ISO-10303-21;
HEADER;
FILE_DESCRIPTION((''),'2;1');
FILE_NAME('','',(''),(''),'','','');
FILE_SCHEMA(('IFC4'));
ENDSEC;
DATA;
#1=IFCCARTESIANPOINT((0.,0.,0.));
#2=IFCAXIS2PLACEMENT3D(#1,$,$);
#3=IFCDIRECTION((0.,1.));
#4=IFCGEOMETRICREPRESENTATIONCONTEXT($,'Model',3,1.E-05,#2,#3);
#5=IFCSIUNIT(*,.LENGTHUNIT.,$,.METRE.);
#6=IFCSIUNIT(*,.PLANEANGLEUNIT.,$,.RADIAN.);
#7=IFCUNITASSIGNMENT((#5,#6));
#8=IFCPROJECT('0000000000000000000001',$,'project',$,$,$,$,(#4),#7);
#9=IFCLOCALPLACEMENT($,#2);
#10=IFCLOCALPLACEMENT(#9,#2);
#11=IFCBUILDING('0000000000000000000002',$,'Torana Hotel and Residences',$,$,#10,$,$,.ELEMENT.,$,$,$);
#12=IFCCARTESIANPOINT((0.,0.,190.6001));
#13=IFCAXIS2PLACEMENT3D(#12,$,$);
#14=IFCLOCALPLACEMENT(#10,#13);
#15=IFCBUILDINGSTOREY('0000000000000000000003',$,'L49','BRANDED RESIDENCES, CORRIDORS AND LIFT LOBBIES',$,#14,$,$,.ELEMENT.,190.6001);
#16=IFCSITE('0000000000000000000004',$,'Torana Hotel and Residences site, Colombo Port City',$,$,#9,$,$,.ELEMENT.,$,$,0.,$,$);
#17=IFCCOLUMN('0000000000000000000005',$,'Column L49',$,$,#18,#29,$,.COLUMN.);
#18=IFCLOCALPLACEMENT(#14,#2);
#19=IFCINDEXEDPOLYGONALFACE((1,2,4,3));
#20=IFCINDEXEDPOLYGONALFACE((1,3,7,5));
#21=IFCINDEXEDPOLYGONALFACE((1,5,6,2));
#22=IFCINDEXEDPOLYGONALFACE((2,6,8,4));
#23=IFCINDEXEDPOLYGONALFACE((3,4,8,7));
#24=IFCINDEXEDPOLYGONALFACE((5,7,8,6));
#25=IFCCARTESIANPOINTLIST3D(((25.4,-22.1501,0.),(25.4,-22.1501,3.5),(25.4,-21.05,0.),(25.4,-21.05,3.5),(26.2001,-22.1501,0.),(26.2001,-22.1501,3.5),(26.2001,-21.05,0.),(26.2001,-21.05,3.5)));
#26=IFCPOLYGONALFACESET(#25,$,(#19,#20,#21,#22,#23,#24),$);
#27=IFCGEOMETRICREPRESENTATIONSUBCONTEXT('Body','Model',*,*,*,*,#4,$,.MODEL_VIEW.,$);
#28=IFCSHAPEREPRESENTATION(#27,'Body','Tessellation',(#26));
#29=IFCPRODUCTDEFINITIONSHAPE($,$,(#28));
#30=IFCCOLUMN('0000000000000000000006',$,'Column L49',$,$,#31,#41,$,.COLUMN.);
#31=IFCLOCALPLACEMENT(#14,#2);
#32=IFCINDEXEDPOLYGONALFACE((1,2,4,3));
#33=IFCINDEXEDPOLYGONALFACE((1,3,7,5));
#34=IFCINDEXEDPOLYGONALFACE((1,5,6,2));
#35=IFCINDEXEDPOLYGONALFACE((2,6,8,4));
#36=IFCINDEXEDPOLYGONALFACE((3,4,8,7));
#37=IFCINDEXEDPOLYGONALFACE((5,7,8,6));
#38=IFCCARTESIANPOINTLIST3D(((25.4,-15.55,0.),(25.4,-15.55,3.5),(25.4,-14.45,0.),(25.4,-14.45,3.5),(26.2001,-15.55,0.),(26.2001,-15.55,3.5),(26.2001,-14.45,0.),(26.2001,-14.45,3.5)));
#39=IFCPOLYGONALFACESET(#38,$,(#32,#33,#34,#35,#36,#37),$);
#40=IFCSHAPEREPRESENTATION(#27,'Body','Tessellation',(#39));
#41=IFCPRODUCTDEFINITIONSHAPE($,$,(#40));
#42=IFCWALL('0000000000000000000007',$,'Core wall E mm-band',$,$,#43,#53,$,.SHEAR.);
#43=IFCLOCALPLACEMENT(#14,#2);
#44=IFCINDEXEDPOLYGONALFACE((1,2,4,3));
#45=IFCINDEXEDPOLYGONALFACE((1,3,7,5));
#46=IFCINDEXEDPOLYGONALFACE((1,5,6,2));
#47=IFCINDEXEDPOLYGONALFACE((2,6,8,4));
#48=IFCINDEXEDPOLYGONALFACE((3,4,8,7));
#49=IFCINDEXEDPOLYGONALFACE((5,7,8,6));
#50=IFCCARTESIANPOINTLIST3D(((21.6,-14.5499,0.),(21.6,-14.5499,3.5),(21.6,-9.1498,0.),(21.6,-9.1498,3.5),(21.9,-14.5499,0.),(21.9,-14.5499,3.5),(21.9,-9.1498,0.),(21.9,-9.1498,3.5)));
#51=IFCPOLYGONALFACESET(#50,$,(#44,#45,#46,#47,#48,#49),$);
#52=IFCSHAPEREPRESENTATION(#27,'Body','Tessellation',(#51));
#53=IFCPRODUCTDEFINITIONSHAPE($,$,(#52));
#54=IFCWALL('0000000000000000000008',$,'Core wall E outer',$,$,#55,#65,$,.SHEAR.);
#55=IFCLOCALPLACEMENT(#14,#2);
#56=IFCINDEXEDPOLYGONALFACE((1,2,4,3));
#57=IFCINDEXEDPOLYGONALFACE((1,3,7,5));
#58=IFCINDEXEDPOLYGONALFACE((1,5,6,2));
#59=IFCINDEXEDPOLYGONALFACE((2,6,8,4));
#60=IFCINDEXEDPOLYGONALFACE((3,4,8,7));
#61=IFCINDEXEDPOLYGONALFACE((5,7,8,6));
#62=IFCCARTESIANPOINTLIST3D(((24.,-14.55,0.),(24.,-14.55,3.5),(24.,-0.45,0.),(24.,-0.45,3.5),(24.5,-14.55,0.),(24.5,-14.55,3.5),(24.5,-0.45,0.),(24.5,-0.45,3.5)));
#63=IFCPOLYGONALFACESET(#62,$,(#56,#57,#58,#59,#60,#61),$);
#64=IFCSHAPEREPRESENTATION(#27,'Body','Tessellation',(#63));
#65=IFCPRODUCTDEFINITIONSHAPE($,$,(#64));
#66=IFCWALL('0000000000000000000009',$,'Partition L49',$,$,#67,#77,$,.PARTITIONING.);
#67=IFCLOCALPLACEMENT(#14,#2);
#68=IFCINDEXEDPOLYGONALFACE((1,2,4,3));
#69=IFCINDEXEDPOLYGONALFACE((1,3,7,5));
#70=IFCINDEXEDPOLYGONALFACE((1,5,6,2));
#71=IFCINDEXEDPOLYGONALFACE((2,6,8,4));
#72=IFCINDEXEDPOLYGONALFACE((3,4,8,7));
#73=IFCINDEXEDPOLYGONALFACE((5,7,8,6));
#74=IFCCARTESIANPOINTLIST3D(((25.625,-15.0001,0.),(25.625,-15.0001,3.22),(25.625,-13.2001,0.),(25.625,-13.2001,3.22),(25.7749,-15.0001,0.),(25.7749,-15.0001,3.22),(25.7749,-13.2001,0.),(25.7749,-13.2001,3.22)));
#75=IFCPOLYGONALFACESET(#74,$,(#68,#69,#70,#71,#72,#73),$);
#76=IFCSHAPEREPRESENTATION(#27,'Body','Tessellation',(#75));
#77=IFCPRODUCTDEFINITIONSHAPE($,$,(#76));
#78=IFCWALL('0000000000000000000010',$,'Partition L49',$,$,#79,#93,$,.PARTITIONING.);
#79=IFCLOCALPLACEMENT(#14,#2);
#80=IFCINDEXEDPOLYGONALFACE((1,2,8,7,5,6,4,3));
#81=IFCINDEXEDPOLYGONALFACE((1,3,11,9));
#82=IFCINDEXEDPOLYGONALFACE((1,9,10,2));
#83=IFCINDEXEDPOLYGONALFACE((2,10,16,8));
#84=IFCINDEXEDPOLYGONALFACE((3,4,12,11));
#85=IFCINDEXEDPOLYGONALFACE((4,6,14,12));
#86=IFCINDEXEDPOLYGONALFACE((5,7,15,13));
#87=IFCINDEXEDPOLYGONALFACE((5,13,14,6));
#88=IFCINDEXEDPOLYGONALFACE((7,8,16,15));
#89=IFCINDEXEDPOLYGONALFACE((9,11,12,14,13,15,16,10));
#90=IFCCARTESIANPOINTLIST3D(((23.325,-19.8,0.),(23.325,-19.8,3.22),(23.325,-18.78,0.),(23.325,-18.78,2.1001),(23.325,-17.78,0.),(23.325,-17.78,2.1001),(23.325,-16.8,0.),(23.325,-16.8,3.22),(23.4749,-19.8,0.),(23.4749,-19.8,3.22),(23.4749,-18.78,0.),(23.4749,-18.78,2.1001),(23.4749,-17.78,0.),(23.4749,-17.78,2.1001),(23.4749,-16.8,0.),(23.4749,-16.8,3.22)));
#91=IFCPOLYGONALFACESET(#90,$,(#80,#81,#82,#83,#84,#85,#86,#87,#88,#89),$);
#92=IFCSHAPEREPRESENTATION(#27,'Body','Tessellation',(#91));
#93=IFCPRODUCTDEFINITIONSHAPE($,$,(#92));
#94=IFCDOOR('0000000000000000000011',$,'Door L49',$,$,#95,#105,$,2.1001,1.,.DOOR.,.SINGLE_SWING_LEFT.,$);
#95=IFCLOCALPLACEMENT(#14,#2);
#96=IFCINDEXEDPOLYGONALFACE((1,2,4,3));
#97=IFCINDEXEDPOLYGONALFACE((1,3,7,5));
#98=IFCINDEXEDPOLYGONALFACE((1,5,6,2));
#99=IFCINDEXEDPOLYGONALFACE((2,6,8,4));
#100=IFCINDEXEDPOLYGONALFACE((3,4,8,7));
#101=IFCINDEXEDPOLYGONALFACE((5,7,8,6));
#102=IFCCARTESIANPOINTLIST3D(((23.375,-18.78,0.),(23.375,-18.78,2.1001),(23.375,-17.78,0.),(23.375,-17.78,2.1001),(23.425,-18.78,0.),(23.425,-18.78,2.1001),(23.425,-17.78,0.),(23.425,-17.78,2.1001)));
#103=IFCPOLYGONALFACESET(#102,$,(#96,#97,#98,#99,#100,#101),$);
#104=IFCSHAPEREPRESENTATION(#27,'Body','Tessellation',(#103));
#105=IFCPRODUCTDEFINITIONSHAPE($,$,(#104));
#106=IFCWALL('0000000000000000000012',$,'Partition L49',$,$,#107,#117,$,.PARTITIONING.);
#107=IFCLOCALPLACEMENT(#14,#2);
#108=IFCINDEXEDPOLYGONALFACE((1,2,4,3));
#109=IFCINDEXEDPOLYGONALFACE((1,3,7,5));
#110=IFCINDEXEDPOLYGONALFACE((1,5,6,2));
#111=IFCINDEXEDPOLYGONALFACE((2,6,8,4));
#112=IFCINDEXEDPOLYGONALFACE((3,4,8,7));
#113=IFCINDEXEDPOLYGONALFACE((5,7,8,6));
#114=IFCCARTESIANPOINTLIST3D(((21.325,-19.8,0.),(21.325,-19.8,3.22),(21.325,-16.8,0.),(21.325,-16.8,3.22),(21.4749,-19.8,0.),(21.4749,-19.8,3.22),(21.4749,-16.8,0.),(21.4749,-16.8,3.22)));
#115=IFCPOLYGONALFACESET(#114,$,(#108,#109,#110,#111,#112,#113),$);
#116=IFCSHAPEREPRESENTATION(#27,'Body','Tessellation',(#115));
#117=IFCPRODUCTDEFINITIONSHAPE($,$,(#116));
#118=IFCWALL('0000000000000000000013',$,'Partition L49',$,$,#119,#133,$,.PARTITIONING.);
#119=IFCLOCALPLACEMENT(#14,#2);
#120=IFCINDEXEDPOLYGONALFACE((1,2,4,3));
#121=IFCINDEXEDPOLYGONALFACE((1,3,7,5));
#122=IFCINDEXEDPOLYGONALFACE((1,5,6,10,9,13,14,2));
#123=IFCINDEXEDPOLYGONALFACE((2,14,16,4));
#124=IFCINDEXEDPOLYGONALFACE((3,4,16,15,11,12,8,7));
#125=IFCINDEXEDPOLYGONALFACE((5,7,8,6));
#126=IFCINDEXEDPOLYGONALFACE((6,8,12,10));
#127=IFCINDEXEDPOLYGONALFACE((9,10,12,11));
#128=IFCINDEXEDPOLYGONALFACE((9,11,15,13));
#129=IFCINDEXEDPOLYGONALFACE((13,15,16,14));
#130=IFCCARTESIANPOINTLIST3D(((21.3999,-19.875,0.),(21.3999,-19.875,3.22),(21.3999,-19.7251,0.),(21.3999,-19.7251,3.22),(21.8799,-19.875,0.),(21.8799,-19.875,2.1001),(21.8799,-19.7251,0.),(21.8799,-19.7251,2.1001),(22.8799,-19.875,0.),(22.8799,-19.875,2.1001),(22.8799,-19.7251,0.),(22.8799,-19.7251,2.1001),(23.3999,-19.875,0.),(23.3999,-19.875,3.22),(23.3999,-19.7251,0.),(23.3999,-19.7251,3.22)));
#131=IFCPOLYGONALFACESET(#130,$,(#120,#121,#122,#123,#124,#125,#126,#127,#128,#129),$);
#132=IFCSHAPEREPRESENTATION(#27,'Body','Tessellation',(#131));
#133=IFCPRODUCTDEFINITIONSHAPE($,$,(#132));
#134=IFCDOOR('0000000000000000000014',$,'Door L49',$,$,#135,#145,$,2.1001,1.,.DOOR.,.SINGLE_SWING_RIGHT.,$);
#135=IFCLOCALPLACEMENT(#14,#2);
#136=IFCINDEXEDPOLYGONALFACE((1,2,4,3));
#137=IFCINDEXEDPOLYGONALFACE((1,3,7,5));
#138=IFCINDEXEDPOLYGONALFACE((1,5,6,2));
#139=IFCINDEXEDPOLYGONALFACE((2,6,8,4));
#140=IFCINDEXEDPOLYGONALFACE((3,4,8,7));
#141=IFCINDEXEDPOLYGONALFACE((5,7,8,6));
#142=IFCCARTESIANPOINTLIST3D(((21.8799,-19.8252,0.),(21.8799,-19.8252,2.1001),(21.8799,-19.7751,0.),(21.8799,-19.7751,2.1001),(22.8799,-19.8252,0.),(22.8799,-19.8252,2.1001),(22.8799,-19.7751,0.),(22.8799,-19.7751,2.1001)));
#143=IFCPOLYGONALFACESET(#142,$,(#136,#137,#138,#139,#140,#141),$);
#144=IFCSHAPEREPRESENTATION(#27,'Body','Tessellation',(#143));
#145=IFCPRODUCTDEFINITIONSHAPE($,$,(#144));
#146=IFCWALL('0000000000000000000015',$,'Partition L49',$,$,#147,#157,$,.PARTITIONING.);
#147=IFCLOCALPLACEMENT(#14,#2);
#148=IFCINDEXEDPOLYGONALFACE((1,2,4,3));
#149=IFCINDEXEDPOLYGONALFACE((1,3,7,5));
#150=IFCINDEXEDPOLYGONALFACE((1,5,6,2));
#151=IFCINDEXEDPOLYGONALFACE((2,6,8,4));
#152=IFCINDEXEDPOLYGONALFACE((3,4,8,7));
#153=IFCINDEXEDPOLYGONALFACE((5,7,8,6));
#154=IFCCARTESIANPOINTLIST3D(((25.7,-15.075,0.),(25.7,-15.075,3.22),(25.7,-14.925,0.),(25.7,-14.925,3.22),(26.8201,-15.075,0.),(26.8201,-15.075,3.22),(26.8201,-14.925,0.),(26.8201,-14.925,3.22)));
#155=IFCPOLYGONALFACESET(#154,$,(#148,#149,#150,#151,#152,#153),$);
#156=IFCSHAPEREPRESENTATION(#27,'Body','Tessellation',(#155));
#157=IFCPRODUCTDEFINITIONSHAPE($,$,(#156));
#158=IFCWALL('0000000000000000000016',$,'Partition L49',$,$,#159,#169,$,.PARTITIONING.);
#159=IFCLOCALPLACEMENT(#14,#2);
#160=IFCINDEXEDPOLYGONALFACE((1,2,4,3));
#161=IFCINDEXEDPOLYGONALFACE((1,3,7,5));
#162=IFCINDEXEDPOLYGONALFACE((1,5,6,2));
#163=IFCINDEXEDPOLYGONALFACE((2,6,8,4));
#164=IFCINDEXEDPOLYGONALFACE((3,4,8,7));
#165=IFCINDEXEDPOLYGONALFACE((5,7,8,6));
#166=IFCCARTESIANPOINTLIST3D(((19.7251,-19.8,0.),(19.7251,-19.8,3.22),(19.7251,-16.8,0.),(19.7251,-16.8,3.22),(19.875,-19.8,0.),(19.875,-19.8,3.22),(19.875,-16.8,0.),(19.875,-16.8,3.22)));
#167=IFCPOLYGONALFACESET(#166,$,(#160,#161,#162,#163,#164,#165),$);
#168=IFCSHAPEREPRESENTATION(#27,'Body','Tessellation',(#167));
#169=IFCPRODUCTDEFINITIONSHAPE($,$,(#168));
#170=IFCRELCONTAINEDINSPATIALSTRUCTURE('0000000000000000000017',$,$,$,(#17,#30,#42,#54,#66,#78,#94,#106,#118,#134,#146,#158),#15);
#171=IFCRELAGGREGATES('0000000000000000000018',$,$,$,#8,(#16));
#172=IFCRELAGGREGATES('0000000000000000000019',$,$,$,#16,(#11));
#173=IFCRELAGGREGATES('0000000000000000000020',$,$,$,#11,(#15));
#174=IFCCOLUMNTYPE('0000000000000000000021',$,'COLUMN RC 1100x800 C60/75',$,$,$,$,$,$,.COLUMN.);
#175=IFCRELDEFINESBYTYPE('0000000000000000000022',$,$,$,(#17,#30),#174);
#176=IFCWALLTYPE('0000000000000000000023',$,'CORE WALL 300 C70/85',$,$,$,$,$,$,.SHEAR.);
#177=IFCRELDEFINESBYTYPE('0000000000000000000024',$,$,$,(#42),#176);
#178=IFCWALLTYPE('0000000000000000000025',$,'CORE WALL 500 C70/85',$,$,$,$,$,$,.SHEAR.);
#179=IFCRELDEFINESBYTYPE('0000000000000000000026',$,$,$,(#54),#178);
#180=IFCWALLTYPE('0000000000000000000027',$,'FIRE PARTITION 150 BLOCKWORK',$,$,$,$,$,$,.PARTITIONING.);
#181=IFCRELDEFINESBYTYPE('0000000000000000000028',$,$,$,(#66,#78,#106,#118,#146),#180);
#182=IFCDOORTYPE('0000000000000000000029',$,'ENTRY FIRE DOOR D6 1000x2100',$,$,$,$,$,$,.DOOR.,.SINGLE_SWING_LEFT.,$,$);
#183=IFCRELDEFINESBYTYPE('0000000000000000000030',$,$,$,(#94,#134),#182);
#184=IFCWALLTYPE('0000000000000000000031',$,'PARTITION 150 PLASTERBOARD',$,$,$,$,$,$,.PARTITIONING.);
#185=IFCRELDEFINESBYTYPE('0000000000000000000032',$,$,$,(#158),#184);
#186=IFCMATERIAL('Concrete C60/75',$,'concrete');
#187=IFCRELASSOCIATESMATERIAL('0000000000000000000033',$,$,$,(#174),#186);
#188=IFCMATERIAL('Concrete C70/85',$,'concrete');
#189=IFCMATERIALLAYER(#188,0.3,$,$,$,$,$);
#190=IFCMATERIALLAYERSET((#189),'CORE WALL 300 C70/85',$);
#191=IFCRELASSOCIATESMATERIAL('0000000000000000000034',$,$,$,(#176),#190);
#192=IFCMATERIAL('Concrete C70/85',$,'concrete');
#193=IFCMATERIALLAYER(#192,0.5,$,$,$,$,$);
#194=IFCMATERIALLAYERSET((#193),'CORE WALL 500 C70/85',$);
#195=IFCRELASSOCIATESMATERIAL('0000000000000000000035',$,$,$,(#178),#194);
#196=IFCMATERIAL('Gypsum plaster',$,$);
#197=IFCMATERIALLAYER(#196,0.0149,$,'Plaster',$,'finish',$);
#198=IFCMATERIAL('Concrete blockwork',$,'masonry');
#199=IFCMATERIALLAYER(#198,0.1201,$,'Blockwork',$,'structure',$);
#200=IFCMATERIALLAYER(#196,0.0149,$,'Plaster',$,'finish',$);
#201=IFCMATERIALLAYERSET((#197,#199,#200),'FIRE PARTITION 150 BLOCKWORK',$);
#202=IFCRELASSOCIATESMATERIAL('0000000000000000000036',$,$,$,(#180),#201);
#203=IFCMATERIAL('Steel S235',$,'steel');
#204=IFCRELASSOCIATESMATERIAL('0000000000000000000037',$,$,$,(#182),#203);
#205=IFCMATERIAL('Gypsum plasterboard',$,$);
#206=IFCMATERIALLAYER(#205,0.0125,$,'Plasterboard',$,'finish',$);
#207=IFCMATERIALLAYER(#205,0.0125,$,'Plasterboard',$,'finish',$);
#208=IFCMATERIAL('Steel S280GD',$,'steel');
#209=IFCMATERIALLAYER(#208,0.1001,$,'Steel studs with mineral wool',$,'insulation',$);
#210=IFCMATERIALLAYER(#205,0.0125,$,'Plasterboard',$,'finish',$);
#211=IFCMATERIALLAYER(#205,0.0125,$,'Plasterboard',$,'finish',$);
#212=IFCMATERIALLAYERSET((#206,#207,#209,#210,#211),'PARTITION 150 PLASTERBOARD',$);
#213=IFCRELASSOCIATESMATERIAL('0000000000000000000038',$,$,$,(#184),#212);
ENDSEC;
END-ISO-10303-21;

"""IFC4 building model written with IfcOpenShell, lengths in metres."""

from ifc_helpers import new_model, si_unit, direction, frame, frame_2d, origin, origin_2d, place, context, subcontext, project, spatial, rectangle, extrude, material, layer, layer_set, material_profile, profile_set, type_object, element, fill, save


model = new_model("IFC4")

# Units and contexts
model_context = context("Model", 3, precision=1e-05, world=origin(), true_north=direction((0.0, 1.0)))
body_context = subcontext(model_context, "Body", "Model", "MODEL_VIEW")
ifc_project = project(units=[si_unit("LENGTHUNIT", "METRE"), si_unit("PLANEANGLEUNIT", "RADIAN")], contexts=[model_context])

# Site, building, storey
site_placement = place(None, origin())
site = spatial("IfcSite", under=ifc_project, at=site_placement, Name="Torana Hotel and Residences site, Colombo Port City", CompositionType="ELEMENT", RefElevation=0.0)
building_placement = place(site_placement, origin())
building = spatial("IfcBuilding", under=site, at=building_placement, Name="Torana Hotel and Residences", CompositionType="ELEMENT")
storey_placement = place(building_placement, frame((0.0, 0.0, 190.6001)))
storey = spatial("IfcBuildingStorey", under=building, at=storey_placement, Name="L49", Description="BRANDED RESIDENCES, CORRIDORS AND LIFT LOBBIES", CompositionType="ELEMENT", Elevation=190.6001)

# Columns
ifc_material_1 = material(Name="Concrete C60/75", Category="concrete")
ifc_material_profile = material_profile(ifc_material_1, rectangle(XDim=1.1001, YDim=0.8, at=origin_2d()), Name="RC 1100x800")
ifc_profile_set = profile_set([ifc_material_profile], Name="Concrete C60/75")
column_type = type_object("IfcColumnType", Name="COLUMN RC 1100x800 C60/75", PredefinedType="COLUMN", material=ifc_profile_set)
for number, where, z_axis, x_axis, name in (
    (1, (25.8, -21.6001, 0.0), (0.0, 0.0, 1.0), (0.0, 1.0, 0.0), "Column L49"),
    (2, (25.8, -15.0, 0.0), (0.0, 0.0, 1.0), (0.0, 1.0, 0.0), "Column L49"),
):
    element("IfcColumn", number, at=place(storey_placement, frame(where, z_axis=z_axis, x_axis=x_axis)), inside=storey, type_object=column_type, Name=name, PredefinedType="COLUMN", context=body_context, shape_type="SweptSolid", body=[
        extrude(rectangle(XDim=1.1001, YDim=0.8, at=origin_2d()), origin(), (0.0, 0.0, 1.0), 3.5),
    ])

# Walls
ifc_material_2 = material(Name="Concrete C70/85", Category="concrete")
ifc_layer_1 = layer(ifc_material_2, 0.3)
ifc_layer_set_1 = layer_set([ifc_layer_1], Name="CORE WALL 300 C70/85")
wall_type_1 = type_object("IfcWallType", Name="CORE WALL 300 C70/85", PredefinedType="SHEAR", material=ifc_layer_set_1)
wall_1_placement = place(storey_placement, frame((21.75, -14.55, 0.0), z_axis=(0.0, 0.0, 1.0), x_axis=(0.0, 1.0, 0.0)))
element("IfcWall", 3, at=wall_1_placement, inside=storey, type_object=wall_type_1, Name="Core wall E mm-band", PredefinedType="SHEAR", context=body_context, shape_type="SweptSolid", body=[
    extrude(rectangle(XDim=5.4001, YDim=0.3, at=frame_2d((2.7002, 0.0))), origin(), (0.0, 0.0, 1.0), 3.5),
])
ifc_material_3 = material(Name="Concrete C70/85", Category="concrete")
ifc_layer_2 = layer(ifc_material_3, 0.5)
ifc_layer_set_2 = layer_set([ifc_layer_2], Name="CORE WALL 500 C70/85")
wall_type_2 = type_object("IfcWallType", Name="CORE WALL 500 C70/85", PredefinedType="SHEAR", material=ifc_layer_set_2)
wall_2_placement = place(storey_placement, frame((24.25, -14.55, 0.0), z_axis=(0.0, 0.0, 1.0), x_axis=(0.0, 1.0, 0.0)))
element("IfcWall", 4, at=wall_2_placement, inside=storey, type_object=wall_type_2, Name="Core wall E outer", PredefinedType="SHEAR", context=body_context, shape_type="SweptSolid", body=[
    extrude(rectangle(XDim=14.1001, YDim=0.5, at=frame_2d((7.05, 0.0))), origin(), (0.0, 0.0, 1.0), 3.5),
])
ifc_material_4 = material(Name="Gypsum plaster")
ifc_layer_3 = layer(ifc_material_4, 0.0149, Name="Plaster", Category="finish")
ifc_material_5 = material(Name="Concrete blockwork", Category="masonry")
ifc_layer_4 = layer(ifc_material_5, 0.1201, Name="Blockwork", Category="structure")
ifc_layer_5 = layer(ifc_material_4, 0.0149, Name="Plaster", Category="finish")
ifc_layer_set_3 = layer_set([ifc_layer_3, ifc_layer_4, ifc_layer_5], Name="FIRE PARTITION 150 BLOCKWORK")
wall_type_3 = type_object("IfcWallType", Name="FIRE PARTITION 150 BLOCKWORK", PredefinedType="PARTITIONING", material=ifc_layer_set_3)
wall_3_placement = place(storey_placement, frame((25.7, -15.0, 0.0), z_axis=(0.0, 0.0, 1.0), x_axis=(0.0, 1.0, 0.0)))
element("IfcWall", 5, at=wall_3_placement, inside=storey, type_object=wall_type_3, Name="Partition L49", PredefinedType="PARTITIONING", context=body_context, shape_type="SweptSolid", body=[
    extrude(rectangle(XDim=1.8, YDim=0.1499, at=frame_2d((0.8999, 0.0))), origin(), (0.0, 0.0, 1.0), 3.22),
])

# Wall, opening, door
wall_4_placement = place(storey_placement, frame((23.3999, -19.8, 0.0), z_axis=(0.0, 0.0, 1.0), x_axis=(0.0, 1.0, 0.0)))
wall_4 = element("IfcWall", 6, at=wall_4_placement, inside=storey, type_object=wall_type_3, Name="Partition L49", PredefinedType="PARTITIONING", context=body_context, shape_type="SweptSolid", body=[
    extrude(rectangle(XDim=3.0, YDim=0.1499, at=frame_2d((1.5, 0.0))), origin(), (0.0, 0.0, 1.0), 3.22),
])
opening_1_placement = place(wall_4_placement, frame((1.02, 0.0, 0.0)))
opening_1 = element("IfcOpeningElement", 7, at=opening_1_placement, cuts=wall_4, PredefinedType="OPENING", context=body_context, shape_type="SweptSolid", body=[
    extrude(rectangle(XDim=1.0, YDim=2.1001, at=frame_2d((0.5, 1.05))), frame((0.0, 0.085, 0.0), z_axis=(0.0, -1.0, 0.0), x_axis=(1.0, 0.0, 0.0)), (0.0, 0.0, 1.0), 0.1699),
])
ifc_material_6 = material(Name="Steel S235", Category="steel")
door_type = type_object("IfcDoorType", Name="ENTRY FIRE DOOR D6 1000x2100", OperationType="SINGLE_SWING_LEFT", PredefinedType="DOOR", material=ifc_material_6)
door_1_placement = place(opening_1_placement, frame((0.5, 0.0, 0.0), z_axis=(0.0, 0.0, 1.0), x_axis=(-1.0, 0.0, 0.0)))
door_1 = element("IfcDoor", 8, at=door_1_placement, inside=storey, type_object=door_type, Name="Door L49", OperationType="SINGLE_SWING_LEFT", OverallHeight=2.1001, OverallWidth=1.0, PredefinedType="DOOR", context=body_context, shape_type="SweptSolid", body=[
    extrude(rectangle(XDim=1.0, YDim=2.1001, at=frame_2d((0.0, 1.05))), frame((0.0, -0.0249, 0.0), z_axis=(0.0, 1.0, 0.0), x_axis=(-1.0, 0.0, 0.0)), (0.0, 0.0, 1.0), 0.05),
])
fill(opening_1, door_1)

# Wall
wall_5_placement = place(storey_placement, frame((21.3999, -19.8, 0.0), z_axis=(0.0, 0.0, 1.0), x_axis=(0.0, 1.0, 0.0)))
element("IfcWall", 9, at=wall_5_placement, inside=storey, type_object=wall_type_3, Name="Partition L49", PredefinedType="PARTITIONING", context=body_context, shape_type="SweptSolid", body=[
    extrude(rectangle(XDim=3.0, YDim=0.1499, at=frame_2d((1.5, 0.0))), origin(), (0.0, 0.0, 1.0), 3.22),
])

# Wall, opening, door
wall_6_placement = place(storey_placement, frame((21.3999, -19.8, 0.0), z_axis=(0.0, 0.0, 1.0), x_axis=(1.0, 0.0, 0.0)))
wall_6 = element("IfcWall", 10, at=wall_6_placement, inside=storey, type_object=wall_type_3, Name="Partition L49", PredefinedType="PARTITIONING", context=body_context, shape_type="SweptSolid", body=[
    extrude(rectangle(XDim=2.0, YDim=0.1499, at=frame_2d((1.0, 0.0))), origin(), (0.0, 0.0, 1.0), 3.22),
])
opening_2_placement = place(wall_6_placement, frame((0.48, 0.0, 0.0)))
opening_2 = element("IfcOpeningElement", 11, at=opening_2_placement, cuts=wall_6, PredefinedType="OPENING", context=body_context, shape_type="SweptSolid", body=[
    extrude(rectangle(XDim=1.0, YDim=2.1001, at=frame_2d((0.5, 1.05))), frame((0.0, 0.085, 0.0), z_axis=(0.0, -1.0, 0.0), x_axis=(1.0, 0.0, 0.0)), (0.0, 0.0, 1.0), 0.1699),
])
door_2_placement = place(opening_2_placement, frame((0.5, 0.0, 0.0), z_axis=(0.0, 0.0, 1.0), x_axis=(-1.0, 0.0, 0.0)))
door_2 = element("IfcDoor", 12, at=door_2_placement, inside=storey, type_object=door_type, Name="Door L49", OperationType="SINGLE_SWING_RIGHT", OverallHeight=2.1001, OverallWidth=1.0, PredefinedType="DOOR", context=body_context, shape_type="SweptSolid", body=[
    extrude(rectangle(XDim=1.0, YDim=2.1001, at=frame_2d((0.0, 1.05))), frame((0.0, -0.0249, 0.0), z_axis=(0.0, 1.0, 0.0), x_axis=(-1.0, 0.0, 0.0)), (0.0, 0.0, 1.0), 0.05),
])
fill(opening_2, door_2)

# Walls
wall_7_placement = place(storey_placement, frame((25.7, -15.0, 0.0), z_axis=(0.0, 0.0, 1.0), x_axis=(1.0, 0.0, 0.0)))
element("IfcWall", 13, at=wall_7_placement, inside=storey, type_object=wall_type_3, Name="Partition L49", PredefinedType="PARTITIONING", context=body_context, shape_type="SweptSolid", body=[
    extrude(rectangle(XDim=1.1201, YDim=0.1499, at=frame_2d((0.5601, 0.0))), origin(), (0.0, 0.0, 1.0), 3.22),
])
ifc_material_7 = material(Name="Gypsum plasterboard")
ifc_layer_6 = layer(ifc_material_7, 0.0125, Name="Plasterboard", Category="finish")
ifc_layer_7 = layer(ifc_material_7, 0.0125, Name="Plasterboard", Category="finish")
ifc_material_8 = material(Name="Steel S280GD", Category="steel")
ifc_layer_8 = layer(ifc_material_8, 0.1001, Name="Steel studs with mineral wool", Category="insulation")
ifc_layer_9 = layer(ifc_material_7, 0.0125, Name="Plasterboard", Category="finish")
ifc_layer_10 = layer(ifc_material_7, 0.0125, Name="Plasterboard", Category="finish")
ifc_layer_set_4 = layer_set([ifc_layer_6, ifc_layer_7, ifc_layer_8, ifc_layer_9, ifc_layer_10], Name="PARTITION 150 PLASTERBOARD")
wall_type_4 = type_object("IfcWallType", Name="PARTITION 150 PLASTERBOARD", PredefinedType="PARTITIONING", material=ifc_layer_set_4)
wall_8_placement = place(storey_placement, frame((19.8, -19.8, 0.0), z_axis=(0.0, 0.0, 1.0), x_axis=(0.0, 1.0, 0.0)))
element("IfcWall", 14, at=wall_8_placement, inside=storey, type_object=wall_type_4, Name="Partition L49", PredefinedType="PARTITIONING", context=body_context, shape_type="SweptSolid", body=[
    extrude(rectangle(XDim=3.0, YDim=0.1499, at=frame_2d((1.5, 0.0))), origin(), (0.0, 0.0, 1.0), 3.22),
])

save(model, "model.ifc")
